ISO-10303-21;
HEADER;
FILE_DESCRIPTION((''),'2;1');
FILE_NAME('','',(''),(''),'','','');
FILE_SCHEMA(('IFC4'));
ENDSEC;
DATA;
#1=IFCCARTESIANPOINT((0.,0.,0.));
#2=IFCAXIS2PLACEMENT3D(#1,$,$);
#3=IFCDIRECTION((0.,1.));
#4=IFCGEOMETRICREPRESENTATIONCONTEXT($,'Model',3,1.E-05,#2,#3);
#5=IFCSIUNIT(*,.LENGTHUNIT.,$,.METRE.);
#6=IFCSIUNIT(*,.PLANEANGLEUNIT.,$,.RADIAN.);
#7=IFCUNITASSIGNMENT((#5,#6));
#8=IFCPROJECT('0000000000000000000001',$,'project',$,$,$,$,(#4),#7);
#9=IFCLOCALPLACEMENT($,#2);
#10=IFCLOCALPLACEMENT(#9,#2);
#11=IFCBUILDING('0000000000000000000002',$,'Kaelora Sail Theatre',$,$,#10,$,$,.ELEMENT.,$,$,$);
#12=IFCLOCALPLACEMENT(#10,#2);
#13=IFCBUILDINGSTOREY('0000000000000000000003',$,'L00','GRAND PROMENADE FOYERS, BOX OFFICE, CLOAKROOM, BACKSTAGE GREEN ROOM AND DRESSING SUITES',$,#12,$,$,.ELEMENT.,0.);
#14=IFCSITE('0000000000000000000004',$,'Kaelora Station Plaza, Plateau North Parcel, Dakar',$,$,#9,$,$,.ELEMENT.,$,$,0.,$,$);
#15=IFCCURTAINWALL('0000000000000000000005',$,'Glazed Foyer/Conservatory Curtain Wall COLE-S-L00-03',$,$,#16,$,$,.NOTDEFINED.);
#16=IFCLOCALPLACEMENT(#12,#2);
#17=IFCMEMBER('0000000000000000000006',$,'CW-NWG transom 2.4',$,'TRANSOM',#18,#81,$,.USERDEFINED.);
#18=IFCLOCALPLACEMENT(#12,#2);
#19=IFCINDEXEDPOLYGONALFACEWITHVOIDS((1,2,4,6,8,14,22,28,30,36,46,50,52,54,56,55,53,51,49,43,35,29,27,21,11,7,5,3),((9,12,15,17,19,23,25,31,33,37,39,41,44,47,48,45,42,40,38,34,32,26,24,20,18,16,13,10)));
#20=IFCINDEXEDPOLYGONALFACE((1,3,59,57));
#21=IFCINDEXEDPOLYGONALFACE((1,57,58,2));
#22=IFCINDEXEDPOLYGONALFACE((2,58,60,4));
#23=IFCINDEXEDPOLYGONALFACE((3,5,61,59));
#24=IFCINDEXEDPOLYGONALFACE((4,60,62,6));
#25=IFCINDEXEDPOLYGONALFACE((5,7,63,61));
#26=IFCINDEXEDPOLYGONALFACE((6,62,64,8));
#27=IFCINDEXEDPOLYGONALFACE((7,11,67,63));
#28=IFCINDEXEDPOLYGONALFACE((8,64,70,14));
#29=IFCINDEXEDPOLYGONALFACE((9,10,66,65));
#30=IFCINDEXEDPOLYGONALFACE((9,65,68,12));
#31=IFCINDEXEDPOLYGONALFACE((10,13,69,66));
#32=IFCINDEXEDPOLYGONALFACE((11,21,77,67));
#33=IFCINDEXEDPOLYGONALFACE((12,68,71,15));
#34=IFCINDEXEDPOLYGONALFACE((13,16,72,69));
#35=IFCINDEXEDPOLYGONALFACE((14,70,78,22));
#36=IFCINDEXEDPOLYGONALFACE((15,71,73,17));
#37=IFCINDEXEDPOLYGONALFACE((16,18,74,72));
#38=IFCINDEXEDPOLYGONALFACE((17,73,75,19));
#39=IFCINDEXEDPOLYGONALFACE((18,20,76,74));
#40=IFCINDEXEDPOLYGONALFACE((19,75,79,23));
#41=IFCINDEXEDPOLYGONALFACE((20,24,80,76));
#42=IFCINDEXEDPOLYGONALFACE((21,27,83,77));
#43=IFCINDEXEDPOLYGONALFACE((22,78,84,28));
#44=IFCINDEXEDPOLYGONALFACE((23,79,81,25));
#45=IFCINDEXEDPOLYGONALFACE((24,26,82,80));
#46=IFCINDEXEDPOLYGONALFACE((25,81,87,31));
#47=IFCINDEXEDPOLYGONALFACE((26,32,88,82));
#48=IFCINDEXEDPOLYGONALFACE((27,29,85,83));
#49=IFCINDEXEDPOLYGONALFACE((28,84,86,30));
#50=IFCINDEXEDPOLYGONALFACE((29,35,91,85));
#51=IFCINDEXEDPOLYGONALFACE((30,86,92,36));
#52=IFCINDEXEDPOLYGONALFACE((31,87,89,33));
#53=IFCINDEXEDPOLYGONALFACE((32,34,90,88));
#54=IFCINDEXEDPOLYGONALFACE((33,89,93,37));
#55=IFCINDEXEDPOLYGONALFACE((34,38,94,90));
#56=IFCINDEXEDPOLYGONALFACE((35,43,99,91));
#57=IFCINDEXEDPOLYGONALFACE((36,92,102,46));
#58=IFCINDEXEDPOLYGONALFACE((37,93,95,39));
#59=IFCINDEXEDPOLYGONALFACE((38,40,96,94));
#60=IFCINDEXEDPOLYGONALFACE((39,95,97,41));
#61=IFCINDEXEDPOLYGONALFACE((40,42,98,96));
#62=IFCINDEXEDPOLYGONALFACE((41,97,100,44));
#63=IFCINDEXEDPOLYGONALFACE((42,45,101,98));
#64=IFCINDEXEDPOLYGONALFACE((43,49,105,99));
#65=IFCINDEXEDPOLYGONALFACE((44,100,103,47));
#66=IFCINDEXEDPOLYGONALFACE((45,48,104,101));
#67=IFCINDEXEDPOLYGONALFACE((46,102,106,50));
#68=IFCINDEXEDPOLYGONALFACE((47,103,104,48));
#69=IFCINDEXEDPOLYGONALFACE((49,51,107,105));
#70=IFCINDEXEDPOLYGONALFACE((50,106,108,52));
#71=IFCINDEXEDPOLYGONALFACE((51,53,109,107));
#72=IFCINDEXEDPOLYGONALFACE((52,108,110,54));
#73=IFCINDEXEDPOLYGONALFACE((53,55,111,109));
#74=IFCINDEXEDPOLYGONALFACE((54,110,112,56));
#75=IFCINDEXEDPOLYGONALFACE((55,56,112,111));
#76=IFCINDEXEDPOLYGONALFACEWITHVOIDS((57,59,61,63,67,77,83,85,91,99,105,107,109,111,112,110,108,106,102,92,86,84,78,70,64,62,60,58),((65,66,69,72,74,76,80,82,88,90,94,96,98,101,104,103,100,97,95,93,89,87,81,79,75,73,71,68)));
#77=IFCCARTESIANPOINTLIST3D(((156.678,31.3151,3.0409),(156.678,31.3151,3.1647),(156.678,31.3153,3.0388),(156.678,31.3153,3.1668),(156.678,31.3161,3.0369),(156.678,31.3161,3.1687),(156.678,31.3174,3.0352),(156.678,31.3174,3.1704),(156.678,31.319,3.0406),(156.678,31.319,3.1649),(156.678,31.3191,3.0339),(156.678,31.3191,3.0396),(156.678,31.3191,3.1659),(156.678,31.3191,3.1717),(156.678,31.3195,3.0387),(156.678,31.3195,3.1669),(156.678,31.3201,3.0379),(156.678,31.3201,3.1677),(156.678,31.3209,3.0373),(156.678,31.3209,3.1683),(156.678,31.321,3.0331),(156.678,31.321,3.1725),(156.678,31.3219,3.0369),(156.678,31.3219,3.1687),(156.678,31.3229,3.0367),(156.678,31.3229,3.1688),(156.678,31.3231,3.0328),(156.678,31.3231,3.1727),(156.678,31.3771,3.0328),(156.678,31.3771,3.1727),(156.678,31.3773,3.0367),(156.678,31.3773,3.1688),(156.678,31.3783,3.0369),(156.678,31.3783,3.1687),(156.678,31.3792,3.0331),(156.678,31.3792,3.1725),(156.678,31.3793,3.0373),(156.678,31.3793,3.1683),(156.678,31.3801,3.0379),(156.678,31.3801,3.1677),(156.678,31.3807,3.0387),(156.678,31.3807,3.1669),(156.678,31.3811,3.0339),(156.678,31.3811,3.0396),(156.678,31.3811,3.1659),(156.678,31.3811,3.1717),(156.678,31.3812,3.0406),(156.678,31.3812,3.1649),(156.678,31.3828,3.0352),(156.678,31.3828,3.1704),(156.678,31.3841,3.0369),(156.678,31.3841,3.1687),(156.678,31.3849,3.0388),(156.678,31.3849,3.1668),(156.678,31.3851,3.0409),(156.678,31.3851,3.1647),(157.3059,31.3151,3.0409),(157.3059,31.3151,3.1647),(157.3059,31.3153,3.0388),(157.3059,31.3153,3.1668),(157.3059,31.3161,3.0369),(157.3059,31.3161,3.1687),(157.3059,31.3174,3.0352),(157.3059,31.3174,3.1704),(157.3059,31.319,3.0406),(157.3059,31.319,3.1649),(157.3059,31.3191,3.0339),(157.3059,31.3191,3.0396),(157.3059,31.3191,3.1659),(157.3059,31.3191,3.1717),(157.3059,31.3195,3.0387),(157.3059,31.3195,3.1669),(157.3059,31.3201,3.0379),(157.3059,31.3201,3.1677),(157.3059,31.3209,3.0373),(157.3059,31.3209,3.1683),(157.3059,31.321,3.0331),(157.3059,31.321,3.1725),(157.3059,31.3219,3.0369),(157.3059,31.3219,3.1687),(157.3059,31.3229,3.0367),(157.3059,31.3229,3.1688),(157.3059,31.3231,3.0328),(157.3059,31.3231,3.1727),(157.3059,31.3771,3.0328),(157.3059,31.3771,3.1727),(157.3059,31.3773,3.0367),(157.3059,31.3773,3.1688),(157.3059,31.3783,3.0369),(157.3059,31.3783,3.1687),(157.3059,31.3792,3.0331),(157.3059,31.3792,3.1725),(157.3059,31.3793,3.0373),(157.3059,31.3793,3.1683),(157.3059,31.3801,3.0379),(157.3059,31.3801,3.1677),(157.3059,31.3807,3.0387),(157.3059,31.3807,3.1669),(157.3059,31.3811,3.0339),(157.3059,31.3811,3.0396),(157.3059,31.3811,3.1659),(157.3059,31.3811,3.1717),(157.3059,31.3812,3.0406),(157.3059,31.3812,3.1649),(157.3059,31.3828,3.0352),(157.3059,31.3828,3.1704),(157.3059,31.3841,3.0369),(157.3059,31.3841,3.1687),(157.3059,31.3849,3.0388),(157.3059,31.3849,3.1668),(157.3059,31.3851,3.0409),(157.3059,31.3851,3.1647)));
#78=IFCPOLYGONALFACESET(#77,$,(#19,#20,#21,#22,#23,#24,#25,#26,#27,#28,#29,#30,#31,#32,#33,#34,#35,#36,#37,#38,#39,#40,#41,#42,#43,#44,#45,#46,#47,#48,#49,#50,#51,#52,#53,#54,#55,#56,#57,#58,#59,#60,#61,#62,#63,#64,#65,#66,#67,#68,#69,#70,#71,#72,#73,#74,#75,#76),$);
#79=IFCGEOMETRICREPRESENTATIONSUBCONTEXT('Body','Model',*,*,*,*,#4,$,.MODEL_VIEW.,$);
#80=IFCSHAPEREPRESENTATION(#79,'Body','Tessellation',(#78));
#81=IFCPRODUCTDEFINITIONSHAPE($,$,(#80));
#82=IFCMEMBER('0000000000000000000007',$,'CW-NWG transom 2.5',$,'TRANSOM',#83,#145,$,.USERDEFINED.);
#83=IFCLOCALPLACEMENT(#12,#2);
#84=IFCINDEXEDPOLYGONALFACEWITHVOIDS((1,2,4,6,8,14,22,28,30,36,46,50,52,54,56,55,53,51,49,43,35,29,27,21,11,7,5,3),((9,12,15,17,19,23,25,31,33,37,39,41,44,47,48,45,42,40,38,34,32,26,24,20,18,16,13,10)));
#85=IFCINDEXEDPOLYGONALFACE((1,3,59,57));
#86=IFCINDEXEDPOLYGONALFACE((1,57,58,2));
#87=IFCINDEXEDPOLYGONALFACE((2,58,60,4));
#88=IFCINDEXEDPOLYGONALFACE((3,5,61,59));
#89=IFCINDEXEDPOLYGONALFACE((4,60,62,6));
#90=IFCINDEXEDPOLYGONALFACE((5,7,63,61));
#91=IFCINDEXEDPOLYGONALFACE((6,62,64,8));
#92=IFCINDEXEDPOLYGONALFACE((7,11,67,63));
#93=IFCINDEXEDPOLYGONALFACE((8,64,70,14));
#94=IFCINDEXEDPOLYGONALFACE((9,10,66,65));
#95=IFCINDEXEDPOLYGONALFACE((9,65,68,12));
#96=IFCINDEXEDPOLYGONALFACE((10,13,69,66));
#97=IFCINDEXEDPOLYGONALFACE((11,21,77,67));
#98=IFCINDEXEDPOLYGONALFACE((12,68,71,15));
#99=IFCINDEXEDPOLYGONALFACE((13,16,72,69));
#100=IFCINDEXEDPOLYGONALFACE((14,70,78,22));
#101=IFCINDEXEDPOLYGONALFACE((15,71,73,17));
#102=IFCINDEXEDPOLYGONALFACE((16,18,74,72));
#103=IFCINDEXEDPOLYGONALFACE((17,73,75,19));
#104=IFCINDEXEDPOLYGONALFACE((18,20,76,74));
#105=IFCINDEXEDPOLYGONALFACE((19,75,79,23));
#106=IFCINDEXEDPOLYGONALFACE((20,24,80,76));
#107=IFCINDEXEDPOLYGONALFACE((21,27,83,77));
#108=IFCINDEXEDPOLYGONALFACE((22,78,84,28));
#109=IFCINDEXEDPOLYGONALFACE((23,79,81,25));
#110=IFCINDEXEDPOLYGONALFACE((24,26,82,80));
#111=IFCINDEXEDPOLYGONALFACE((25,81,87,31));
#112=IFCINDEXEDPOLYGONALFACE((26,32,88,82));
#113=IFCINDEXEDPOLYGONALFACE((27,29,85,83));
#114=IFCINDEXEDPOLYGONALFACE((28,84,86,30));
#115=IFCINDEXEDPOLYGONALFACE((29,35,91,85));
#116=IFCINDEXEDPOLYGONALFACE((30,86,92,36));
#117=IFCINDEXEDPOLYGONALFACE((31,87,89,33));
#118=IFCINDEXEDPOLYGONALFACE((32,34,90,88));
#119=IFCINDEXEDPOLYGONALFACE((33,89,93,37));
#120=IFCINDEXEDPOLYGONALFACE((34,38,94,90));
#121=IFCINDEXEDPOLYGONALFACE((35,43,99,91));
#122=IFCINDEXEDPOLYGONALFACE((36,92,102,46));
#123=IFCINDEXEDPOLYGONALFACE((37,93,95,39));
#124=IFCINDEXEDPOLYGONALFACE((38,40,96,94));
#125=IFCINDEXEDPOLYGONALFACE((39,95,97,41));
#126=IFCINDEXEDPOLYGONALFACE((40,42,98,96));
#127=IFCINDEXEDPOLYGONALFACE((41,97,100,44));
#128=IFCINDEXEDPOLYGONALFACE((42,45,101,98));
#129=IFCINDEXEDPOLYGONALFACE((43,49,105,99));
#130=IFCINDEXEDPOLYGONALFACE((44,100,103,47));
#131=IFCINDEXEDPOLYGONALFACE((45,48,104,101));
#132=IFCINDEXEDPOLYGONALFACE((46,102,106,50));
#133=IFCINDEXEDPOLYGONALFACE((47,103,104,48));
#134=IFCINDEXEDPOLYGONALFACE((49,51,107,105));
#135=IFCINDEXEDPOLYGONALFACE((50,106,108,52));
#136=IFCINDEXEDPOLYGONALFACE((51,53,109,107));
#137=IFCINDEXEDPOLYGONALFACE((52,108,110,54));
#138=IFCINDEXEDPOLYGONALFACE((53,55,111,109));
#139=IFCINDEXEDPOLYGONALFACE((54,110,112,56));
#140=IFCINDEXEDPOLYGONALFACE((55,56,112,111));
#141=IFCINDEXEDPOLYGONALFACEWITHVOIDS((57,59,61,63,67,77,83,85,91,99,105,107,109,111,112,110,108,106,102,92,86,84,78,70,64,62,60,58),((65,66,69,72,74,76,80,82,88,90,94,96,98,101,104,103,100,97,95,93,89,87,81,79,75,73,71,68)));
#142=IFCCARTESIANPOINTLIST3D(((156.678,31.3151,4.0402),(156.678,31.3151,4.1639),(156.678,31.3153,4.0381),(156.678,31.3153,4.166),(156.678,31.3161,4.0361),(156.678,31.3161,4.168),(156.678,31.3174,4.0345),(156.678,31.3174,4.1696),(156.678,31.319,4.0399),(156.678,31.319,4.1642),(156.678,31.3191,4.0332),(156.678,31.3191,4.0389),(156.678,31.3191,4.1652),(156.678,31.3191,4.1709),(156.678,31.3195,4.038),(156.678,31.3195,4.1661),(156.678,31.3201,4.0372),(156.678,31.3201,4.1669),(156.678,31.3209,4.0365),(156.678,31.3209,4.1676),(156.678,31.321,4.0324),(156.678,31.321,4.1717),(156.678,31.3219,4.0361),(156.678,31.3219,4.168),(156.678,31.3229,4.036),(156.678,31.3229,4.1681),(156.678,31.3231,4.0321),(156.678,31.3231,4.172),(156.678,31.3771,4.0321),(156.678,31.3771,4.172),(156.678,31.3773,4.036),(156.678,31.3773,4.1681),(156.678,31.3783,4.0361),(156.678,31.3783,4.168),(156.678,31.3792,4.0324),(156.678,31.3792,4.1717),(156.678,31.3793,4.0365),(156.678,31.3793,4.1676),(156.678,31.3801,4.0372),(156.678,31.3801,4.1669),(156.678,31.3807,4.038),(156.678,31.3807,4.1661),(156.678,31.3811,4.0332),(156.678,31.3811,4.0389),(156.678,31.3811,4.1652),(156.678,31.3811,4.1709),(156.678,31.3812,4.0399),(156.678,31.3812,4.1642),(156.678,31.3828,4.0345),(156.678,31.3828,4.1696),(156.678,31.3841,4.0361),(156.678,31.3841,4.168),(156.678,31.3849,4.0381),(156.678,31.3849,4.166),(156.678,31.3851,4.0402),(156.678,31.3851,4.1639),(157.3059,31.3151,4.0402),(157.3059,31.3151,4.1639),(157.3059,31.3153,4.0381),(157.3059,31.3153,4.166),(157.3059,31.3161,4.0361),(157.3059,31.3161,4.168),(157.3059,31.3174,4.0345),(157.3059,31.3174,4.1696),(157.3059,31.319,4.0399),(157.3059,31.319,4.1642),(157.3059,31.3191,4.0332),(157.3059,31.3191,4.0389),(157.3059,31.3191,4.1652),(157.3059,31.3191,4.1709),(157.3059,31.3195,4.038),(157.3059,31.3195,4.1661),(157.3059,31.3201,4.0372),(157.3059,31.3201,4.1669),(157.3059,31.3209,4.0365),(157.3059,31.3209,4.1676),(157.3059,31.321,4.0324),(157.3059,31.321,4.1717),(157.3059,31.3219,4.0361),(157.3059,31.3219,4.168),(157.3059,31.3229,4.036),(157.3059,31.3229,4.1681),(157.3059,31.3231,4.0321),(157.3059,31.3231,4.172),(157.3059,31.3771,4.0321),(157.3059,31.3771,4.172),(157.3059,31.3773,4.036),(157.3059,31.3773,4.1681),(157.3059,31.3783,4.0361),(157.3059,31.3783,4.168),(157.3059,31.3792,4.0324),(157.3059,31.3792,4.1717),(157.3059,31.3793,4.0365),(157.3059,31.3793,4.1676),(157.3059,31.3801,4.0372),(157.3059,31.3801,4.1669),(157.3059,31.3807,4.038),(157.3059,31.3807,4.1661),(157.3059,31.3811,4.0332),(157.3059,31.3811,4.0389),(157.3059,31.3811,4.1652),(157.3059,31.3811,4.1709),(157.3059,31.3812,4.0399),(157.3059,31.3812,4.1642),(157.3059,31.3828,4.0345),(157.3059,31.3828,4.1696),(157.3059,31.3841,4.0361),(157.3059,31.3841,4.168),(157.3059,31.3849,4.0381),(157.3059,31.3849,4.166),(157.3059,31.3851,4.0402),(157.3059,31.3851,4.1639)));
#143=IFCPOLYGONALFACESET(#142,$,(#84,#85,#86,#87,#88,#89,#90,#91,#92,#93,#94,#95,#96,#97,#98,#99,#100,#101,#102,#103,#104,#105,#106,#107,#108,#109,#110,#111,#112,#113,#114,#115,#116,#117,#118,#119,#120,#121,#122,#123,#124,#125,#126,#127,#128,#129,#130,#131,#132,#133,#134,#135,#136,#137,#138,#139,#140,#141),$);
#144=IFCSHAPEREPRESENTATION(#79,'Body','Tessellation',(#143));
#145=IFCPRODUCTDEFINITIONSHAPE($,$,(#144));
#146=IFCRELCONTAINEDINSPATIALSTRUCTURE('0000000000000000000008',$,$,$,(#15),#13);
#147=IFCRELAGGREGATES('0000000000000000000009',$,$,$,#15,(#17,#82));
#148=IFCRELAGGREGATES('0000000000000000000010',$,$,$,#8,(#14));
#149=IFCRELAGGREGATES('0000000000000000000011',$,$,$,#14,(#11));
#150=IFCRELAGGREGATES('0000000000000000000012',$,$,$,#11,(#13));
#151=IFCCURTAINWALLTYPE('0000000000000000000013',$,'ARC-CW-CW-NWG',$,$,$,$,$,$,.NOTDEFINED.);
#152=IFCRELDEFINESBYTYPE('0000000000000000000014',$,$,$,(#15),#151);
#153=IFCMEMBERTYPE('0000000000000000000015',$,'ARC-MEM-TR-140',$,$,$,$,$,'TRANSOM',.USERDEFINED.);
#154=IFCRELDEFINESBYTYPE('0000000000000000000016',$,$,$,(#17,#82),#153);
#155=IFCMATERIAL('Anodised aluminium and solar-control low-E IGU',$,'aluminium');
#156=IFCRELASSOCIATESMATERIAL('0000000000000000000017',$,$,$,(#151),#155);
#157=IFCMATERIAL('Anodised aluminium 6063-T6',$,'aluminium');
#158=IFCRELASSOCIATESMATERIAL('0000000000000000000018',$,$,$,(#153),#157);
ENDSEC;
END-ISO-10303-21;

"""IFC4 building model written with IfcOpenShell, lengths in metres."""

from ifc_helpers import new_model, si_unit, direction, frame, origin, origin_2d, place, context, subcontext, project, spatial, hollow_rectangle, extrude, material, material_profile, profile_set, type_object, element, aggregate, save


model = new_model("IFC4")

# Units and contexts
model_context = context("Model", 3, precision=1e-05, world=origin(), true_north=direction((0.0, 1.0)))
body_context = subcontext(model_context, "Body", "Model", "MODEL_VIEW")
ifc_project = project(units=[si_unit("LENGTHUNIT", "METRE"), si_unit("PLANEANGLEUNIT", "RADIAN")], contexts=[model_context])

# Site, building, storey
site_placement = place(None, origin())
site = spatial("IfcSite", under=ifc_project, at=site_placement, Name="Kaelora Station Plaza, Plateau North Parcel, Dakar", CompositionType="ELEMENT", RefElevation=0.0)
building_placement = place(site_placement, origin())
building = spatial("IfcBuilding", under=site, at=building_placement, Name="Kaelora Sail Theatre", CompositionType="ELEMENT")
storey_placement = place(building_placement, origin())
storey = spatial("IfcBuildingStorey", under=building, at=storey_placement, Name="L00", Description="GRAND PROMENADE FOYERS, BOX OFFICE, CLOAKROOM, BACKSTAGE GREEN ROOM AND DRESSING SUITES", CompositionType="ELEMENT", Elevation=0.0)

# Curtain wall, members
ifc_material_1 = material(Name="Anodised aluminium and solar-control low-E IGU", Category="aluminium")
curtain_wall_type = type_object("IfcCurtainWallType", Name="ARC-CW-CW-NWG", PredefinedType="NOTDEFINED", material=ifc_material_1)
curtain_wall_1_placement = place(storey_placement, origin())
curtain_wall_1 = element("IfcCurtainWall", 1, at=curtain_wall_1_placement, inside=storey, type_object=curtain_wall_type, Name="Glazed Foyer/Conservatory Curtain Wall COLE-S-L00-03", PredefinedType="NOTDEFINED")
ifc_material_2 = material(Name="Anodised aluminium 6063-T6", Category="aluminium")
ifc_material_profile = material_profile(ifc_material_2, hollow_rectangle(XDim=0.0701, YDim=0.1399, WallThickness=0.0039, InnerFilletRadius=0.0039, OuterFilletRadius=0.0081, at=origin_2d()), Name="ALU-TRAN 70x140x4")
ifc_profile_set = profile_set([ifc_material_profile], Name="Anodised aluminium 6063-T6")
member_type = type_object("IfcMemberType", Name="ARC-MEM-TR-140", ElementType="TRANSOM", PredefinedType="USERDEFINED", material=ifc_profile_set)
member_1_placement = place(storey_placement, frame((156.678, 31.3501, 3.1028), z_axis=(1.0, 0.0, 0.0), x_axis=(0.0, 1.0, 0.0)))
member_1 = element("IfcMember", 2, at=member_1_placement, type_object=member_type, Name="CW-NWG transom 2.4", ObjectType="TRANSOM", PredefinedType="USERDEFINED", context=body_context, shape_type="SweptSolid", body=[
    extrude(hollow_rectangle(XDim=0.0701, YDim=0.1399, WallThickness=0.0039, InnerFilletRadius=0.0039, OuterFilletRadius=0.0081, at=origin_2d()), origin(), (0.0, 0.0, 1.0), 0.6279),
])
member_2_placement = place(storey_placement, frame((156.678, 31.3501, 4.1021), z_axis=(1.0, 0.0, 0.0), x_axis=(0.0, 1.0, 0.0)))
member_2 = element("IfcMember", 3, at=member_2_placement, type_object=member_type, Name="CW-NWG transom 2.5", ObjectType="TRANSOM", PredefinedType="USERDEFINED", context=body_context, shape_type="SweptSolid", body=[
    extrude(hollow_rectangle(XDim=0.0701, YDim=0.1399, WallThickness=0.0039, InnerFilletRadius=0.0039, OuterFilletRadius=0.0081, at=origin_2d()), origin(), (0.0, 0.0, 1.0), 0.6279),
])

aggregate(curtain_wall_1, [member_1, member_2])

save(model, "model.ifc")
